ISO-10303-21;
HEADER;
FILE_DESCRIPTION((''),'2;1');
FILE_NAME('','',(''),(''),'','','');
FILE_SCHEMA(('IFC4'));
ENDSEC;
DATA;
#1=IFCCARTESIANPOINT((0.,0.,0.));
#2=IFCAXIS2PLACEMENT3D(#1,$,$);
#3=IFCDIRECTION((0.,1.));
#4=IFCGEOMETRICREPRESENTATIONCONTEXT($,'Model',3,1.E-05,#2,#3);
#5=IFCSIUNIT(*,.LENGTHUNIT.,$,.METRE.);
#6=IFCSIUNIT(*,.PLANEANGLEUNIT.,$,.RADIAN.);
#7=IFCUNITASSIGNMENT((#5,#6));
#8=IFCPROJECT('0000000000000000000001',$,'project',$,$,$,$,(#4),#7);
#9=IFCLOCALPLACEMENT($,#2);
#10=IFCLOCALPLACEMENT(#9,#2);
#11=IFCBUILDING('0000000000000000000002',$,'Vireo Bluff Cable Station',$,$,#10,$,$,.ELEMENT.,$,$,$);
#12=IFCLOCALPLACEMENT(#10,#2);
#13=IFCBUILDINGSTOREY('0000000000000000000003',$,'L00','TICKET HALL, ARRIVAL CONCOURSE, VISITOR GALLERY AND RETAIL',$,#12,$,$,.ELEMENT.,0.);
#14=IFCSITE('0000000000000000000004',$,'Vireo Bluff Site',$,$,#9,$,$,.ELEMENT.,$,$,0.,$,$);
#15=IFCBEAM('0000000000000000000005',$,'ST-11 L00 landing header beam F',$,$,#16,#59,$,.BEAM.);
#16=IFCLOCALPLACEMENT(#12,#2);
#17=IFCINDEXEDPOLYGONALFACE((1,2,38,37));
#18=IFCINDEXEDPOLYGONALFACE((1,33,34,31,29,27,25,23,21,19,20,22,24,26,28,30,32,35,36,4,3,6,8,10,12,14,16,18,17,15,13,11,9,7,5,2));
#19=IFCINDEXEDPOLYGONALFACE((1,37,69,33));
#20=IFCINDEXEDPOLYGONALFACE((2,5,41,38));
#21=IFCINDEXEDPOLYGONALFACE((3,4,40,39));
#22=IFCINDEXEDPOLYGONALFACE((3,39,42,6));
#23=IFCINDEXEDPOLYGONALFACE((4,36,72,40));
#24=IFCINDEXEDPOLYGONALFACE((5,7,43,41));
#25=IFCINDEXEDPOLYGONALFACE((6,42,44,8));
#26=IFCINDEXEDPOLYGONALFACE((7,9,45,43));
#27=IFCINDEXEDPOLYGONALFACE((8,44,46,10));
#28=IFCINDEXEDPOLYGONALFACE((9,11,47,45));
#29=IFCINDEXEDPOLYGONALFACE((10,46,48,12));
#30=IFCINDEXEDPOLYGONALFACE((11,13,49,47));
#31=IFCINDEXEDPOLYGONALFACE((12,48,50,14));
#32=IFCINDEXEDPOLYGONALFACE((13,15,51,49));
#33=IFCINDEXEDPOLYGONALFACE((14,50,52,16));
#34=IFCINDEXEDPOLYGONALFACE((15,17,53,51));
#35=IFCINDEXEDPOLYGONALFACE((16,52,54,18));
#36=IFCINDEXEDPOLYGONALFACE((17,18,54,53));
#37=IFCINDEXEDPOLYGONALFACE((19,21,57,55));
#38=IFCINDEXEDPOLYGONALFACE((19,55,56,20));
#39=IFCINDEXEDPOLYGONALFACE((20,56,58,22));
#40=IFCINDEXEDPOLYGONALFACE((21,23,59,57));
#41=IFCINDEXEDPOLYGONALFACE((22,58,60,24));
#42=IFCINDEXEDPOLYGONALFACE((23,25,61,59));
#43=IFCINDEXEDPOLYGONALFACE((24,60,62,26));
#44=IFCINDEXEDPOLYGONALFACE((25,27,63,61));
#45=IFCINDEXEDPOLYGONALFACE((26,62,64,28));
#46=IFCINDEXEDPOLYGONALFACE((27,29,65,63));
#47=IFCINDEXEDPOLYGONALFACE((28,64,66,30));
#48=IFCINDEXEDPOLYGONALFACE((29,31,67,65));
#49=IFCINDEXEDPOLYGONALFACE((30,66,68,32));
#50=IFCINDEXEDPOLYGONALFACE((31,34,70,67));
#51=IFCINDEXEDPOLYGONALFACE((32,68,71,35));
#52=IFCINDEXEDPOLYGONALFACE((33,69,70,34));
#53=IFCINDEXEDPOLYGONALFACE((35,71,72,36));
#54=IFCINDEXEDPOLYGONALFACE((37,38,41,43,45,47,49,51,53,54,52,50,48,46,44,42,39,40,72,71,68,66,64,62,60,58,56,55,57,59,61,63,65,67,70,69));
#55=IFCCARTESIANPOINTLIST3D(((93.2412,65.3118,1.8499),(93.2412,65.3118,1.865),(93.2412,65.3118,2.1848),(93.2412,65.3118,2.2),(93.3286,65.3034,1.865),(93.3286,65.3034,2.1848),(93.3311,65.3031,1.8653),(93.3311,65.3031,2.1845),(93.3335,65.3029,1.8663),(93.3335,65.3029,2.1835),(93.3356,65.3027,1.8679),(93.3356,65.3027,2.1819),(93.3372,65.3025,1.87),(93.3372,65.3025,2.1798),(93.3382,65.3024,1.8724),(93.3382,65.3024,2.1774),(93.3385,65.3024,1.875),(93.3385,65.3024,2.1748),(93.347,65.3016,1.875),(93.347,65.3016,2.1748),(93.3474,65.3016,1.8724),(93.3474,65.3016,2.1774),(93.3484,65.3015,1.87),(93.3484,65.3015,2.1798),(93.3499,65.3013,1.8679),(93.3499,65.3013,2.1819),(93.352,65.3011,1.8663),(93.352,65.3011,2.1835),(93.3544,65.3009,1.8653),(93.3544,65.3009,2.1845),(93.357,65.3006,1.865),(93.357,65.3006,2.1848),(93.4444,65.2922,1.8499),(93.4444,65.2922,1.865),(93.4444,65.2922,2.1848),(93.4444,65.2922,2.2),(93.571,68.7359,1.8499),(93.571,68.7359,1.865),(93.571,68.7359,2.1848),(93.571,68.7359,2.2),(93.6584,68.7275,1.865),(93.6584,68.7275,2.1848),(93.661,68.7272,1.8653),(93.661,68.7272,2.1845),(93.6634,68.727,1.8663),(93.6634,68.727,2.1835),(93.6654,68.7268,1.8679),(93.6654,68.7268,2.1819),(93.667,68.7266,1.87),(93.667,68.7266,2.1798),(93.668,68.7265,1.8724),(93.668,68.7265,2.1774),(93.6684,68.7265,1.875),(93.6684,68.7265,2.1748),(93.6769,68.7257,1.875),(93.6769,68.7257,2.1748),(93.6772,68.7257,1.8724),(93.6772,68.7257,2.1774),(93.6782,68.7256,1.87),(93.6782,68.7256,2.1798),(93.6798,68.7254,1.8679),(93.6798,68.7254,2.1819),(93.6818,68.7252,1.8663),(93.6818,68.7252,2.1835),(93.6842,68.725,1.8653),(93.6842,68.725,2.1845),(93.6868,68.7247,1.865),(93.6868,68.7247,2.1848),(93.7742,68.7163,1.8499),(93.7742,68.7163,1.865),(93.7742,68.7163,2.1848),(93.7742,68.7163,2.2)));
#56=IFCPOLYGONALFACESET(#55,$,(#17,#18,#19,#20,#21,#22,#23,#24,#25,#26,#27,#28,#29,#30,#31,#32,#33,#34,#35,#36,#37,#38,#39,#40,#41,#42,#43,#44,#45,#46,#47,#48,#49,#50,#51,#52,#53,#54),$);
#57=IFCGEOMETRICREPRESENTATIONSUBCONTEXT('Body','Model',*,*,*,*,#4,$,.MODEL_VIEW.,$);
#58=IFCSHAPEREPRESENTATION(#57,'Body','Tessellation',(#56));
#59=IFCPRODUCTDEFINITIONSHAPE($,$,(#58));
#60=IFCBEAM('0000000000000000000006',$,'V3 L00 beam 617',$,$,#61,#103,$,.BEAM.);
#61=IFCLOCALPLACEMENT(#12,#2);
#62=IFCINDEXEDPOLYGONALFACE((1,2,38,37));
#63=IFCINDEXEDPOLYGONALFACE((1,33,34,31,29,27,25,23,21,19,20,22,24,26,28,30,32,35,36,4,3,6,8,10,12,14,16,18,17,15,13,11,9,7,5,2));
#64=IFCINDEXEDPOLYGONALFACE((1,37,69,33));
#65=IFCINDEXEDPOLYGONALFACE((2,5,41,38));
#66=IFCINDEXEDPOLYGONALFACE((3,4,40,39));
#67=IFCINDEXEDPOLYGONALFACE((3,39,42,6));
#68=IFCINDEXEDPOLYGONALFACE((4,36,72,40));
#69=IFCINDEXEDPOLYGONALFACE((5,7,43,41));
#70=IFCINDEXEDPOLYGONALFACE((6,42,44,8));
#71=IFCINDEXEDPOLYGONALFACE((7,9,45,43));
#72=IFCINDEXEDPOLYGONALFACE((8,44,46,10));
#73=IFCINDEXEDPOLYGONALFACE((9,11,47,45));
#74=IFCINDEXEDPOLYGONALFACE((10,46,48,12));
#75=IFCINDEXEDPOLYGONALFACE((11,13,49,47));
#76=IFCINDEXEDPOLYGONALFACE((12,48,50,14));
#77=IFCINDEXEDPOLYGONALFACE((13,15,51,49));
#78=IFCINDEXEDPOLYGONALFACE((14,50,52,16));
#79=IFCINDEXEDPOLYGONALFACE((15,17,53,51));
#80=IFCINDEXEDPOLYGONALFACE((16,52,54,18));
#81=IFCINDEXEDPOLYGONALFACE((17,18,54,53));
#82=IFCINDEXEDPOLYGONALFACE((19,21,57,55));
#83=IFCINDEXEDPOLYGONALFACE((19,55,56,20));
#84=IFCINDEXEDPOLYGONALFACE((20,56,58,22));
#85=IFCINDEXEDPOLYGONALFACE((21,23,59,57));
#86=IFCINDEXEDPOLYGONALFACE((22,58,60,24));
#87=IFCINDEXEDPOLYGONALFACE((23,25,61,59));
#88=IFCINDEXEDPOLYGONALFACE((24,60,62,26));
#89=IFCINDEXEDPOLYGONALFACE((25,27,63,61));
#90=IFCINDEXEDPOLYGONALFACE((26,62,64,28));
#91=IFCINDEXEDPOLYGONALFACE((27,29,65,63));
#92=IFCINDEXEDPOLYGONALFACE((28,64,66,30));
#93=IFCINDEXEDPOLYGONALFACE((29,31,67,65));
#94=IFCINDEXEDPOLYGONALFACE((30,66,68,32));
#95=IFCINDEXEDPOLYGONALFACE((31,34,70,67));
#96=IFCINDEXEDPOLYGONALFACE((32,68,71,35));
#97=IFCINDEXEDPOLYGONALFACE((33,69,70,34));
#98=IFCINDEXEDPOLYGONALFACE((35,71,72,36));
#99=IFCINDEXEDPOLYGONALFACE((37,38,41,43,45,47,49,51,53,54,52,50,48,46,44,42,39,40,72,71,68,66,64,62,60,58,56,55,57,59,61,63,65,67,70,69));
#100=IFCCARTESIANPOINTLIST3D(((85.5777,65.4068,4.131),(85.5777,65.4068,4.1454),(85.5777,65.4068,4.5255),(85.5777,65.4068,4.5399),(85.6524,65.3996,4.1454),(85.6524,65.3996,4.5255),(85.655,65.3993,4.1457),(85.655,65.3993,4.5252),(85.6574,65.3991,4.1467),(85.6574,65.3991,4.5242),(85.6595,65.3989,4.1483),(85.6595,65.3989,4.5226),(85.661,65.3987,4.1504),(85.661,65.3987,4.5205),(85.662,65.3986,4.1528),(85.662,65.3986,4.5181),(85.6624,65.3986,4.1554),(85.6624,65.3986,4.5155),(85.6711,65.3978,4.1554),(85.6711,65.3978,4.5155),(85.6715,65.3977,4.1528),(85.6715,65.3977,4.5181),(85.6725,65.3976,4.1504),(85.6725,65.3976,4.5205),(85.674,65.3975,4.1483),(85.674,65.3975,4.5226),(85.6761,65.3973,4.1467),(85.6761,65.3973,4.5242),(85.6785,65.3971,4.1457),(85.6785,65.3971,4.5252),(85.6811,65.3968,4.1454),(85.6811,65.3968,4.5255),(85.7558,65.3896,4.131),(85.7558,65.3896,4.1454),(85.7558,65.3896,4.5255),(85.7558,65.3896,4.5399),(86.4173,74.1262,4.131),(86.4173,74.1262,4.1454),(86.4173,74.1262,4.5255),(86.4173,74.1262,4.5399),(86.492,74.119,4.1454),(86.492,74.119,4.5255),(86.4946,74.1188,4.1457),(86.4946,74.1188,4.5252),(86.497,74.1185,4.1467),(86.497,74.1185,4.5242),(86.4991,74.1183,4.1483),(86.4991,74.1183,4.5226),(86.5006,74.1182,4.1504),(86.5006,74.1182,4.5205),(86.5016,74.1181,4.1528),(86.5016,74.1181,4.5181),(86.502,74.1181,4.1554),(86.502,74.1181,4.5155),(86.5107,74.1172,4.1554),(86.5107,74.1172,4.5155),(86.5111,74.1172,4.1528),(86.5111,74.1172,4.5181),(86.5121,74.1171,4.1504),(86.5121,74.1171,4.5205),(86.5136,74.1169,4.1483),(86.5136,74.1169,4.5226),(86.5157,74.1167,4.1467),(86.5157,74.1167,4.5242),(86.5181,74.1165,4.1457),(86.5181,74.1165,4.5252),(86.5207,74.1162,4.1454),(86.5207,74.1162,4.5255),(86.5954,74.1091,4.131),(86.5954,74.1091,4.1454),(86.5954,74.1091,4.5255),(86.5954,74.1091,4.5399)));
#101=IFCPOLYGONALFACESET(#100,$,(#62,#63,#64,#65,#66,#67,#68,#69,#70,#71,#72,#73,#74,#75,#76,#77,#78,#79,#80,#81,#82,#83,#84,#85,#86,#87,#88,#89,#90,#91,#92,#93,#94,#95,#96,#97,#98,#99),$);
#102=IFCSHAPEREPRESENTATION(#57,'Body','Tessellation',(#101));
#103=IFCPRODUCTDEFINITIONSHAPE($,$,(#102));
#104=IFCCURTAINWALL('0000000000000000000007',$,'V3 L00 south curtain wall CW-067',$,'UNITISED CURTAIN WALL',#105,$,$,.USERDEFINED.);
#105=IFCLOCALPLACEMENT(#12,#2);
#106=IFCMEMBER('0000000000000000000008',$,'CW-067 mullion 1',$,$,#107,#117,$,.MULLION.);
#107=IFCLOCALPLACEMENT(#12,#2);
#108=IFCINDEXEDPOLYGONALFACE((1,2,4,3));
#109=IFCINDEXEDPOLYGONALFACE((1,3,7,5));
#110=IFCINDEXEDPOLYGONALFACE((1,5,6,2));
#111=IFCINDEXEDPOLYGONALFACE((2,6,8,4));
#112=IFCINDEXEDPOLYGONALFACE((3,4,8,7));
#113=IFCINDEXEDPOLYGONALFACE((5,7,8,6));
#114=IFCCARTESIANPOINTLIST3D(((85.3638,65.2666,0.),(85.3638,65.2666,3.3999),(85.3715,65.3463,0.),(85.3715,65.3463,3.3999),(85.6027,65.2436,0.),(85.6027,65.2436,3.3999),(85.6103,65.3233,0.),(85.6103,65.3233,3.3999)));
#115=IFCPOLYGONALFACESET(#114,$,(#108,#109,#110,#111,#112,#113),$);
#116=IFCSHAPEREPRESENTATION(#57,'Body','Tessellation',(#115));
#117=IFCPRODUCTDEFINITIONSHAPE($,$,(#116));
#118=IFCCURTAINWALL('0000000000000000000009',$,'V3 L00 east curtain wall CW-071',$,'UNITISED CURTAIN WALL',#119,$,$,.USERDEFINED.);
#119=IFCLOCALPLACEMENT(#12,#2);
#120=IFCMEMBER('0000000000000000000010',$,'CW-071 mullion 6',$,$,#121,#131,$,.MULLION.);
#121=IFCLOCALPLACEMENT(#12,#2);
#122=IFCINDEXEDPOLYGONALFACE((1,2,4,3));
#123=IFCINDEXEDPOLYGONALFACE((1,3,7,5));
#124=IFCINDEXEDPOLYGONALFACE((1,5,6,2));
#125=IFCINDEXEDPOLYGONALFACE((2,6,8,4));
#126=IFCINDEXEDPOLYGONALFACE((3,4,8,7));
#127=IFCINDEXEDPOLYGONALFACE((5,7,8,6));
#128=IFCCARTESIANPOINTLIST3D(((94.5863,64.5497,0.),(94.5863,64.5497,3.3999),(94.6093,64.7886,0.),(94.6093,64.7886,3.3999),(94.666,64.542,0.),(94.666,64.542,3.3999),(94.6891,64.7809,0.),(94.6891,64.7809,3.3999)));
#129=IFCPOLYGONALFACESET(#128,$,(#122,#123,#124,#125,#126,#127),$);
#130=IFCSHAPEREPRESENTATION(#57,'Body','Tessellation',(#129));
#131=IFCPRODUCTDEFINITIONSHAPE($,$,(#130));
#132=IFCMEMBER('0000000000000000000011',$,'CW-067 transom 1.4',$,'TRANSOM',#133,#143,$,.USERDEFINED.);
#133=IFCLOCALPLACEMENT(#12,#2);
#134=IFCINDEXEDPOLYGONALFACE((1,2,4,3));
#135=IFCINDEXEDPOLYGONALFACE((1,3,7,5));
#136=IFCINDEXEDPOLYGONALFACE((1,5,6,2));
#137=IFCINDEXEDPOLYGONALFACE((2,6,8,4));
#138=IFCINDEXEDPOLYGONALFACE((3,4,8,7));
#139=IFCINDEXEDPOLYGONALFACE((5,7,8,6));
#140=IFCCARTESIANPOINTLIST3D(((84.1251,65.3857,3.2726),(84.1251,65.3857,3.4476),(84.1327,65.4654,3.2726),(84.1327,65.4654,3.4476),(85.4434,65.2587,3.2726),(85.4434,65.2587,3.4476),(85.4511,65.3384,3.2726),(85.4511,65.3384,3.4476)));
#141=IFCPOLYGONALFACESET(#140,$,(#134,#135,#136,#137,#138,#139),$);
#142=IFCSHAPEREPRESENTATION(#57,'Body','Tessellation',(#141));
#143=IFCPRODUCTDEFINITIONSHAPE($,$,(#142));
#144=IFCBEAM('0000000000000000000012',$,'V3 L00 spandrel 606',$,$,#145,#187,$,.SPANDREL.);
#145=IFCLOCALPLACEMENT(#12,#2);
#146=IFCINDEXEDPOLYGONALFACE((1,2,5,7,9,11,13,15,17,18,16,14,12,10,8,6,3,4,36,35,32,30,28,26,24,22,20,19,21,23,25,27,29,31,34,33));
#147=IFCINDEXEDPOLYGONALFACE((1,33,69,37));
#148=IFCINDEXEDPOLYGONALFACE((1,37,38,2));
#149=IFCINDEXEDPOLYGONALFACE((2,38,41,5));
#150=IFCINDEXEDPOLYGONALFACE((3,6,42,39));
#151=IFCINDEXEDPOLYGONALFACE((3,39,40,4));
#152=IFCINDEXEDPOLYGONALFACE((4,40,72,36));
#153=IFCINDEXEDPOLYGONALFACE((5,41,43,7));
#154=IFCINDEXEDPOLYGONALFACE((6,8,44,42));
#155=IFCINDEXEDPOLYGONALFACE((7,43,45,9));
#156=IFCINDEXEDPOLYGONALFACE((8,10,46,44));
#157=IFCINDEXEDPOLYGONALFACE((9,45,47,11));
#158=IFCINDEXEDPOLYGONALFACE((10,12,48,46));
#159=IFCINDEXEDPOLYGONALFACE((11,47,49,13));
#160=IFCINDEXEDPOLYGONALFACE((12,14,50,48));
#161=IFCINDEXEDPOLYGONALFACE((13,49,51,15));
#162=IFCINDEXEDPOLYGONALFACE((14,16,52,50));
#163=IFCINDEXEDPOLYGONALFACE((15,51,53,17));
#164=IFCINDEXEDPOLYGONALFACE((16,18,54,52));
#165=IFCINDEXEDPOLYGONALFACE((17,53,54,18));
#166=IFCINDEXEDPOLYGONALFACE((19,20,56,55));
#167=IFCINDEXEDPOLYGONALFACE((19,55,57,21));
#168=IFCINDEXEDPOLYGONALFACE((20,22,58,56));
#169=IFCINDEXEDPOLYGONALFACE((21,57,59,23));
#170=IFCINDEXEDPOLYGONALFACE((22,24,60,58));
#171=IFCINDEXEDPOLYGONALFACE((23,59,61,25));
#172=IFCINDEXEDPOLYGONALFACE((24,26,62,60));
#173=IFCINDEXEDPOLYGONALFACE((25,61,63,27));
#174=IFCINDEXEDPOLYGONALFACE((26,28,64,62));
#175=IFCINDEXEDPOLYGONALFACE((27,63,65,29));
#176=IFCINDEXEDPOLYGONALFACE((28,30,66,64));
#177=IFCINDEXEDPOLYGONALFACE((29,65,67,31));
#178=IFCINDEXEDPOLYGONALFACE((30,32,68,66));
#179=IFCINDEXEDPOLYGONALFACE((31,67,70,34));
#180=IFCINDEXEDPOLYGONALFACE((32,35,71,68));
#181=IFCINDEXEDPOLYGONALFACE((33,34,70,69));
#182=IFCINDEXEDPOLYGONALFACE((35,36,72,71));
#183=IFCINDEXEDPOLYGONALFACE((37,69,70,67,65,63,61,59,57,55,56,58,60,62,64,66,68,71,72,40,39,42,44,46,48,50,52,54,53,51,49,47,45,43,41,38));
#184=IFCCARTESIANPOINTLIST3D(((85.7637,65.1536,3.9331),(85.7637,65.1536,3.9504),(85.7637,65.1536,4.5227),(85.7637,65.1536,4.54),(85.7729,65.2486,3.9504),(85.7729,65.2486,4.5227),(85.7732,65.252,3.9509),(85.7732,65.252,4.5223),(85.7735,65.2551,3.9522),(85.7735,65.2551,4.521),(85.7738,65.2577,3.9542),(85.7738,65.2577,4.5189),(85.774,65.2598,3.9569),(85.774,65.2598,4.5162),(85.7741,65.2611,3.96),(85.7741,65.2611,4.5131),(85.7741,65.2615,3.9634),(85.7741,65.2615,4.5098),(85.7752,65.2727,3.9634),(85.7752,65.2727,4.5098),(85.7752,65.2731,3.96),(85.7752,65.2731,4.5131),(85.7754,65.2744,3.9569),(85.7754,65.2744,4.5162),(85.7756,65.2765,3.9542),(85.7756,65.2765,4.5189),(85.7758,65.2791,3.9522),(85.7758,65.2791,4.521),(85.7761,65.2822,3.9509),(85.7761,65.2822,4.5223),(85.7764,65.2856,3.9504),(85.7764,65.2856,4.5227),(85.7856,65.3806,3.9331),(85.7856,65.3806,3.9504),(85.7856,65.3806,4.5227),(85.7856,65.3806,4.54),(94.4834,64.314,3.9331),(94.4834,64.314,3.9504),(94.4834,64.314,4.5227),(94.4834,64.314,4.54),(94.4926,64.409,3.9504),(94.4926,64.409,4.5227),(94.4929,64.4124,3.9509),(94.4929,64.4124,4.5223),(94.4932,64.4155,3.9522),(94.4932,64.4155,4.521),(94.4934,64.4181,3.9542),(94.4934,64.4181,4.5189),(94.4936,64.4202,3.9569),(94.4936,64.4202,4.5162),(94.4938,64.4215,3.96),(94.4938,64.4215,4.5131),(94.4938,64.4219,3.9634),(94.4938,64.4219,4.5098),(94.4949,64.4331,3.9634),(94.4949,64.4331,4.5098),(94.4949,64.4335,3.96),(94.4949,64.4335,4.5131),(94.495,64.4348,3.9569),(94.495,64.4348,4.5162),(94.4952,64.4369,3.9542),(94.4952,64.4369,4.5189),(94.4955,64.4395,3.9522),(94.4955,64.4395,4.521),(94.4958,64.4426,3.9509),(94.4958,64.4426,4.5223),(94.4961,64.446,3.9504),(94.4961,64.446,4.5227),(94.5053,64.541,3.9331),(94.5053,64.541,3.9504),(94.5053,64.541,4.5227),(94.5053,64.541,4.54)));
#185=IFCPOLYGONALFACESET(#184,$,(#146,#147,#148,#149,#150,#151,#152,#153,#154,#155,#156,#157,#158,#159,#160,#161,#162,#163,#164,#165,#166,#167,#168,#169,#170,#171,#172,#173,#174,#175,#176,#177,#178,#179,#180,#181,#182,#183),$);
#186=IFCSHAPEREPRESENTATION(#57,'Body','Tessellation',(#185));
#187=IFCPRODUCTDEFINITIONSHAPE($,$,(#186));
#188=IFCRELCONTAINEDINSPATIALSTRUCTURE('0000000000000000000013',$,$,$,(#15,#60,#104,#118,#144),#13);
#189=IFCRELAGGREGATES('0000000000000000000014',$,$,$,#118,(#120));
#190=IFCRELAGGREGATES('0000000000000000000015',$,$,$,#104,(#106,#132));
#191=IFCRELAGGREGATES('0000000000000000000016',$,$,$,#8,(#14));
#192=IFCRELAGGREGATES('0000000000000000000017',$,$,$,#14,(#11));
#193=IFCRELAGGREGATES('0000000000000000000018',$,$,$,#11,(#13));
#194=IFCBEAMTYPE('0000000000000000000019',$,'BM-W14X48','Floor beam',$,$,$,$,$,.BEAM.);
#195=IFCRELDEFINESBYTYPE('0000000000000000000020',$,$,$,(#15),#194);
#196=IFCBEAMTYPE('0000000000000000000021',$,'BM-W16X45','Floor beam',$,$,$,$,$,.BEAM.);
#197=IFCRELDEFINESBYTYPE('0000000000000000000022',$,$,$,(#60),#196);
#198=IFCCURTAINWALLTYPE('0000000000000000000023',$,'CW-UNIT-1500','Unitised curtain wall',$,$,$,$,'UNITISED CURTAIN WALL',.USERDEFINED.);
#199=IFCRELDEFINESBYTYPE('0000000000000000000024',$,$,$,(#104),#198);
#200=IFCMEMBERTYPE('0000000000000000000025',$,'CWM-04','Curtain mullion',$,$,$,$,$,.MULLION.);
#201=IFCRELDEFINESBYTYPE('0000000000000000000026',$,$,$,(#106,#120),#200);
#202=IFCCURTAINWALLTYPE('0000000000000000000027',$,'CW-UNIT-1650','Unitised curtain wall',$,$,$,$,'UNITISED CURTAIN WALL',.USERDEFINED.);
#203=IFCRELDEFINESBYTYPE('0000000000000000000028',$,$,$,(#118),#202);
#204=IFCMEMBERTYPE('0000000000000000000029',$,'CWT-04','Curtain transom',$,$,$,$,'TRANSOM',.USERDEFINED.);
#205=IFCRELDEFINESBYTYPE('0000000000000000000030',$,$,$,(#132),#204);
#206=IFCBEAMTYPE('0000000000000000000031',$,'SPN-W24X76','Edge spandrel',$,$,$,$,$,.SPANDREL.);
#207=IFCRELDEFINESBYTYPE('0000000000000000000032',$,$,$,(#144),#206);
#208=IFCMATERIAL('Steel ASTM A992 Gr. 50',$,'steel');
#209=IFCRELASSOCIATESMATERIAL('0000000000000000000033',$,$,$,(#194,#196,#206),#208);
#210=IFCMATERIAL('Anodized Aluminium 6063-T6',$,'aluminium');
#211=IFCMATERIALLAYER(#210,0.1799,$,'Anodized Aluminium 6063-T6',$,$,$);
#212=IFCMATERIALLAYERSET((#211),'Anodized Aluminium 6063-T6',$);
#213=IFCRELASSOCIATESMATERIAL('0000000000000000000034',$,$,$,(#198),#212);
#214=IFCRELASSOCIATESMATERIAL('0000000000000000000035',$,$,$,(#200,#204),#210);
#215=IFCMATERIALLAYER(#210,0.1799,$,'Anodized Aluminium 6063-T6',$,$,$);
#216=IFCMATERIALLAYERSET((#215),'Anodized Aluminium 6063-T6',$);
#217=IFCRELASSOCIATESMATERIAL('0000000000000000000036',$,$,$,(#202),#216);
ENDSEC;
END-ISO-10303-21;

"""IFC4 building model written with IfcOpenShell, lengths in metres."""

from ifc_helpers import new_model, si_unit, direction, frame, origin, origin_2d, place, context, subcontext, project, spatial, rectangle, i_section, extrude, material, layer, layer_set, material_profile, profile_set, type_object, element, aggregate, save


model = new_model("IFC4")

# Units and contexts
model_context = context("Model", 3, precision=1e-05, world=origin(), true_north=direction((0.0, 1.0)))
body_context = subcontext(model_context, "Body", "Model", "MODEL_VIEW")
ifc_project = project(units=[si_unit("LENGTHUNIT", "METRE"), si_unit("PLANEANGLEUNIT", "RADIAN")], contexts=[model_context])

# Site, building, storey
site_placement = place(None, origin())
site = spatial("IfcSite", under=ifc_project, at=site_placement, Name="Vireo Bluff Site", CompositionType="ELEMENT", RefElevation=0.0)
building_placement = place(site_placement, origin())
building = spatial("IfcBuilding", under=site, at=building_placement, Name="Vireo Bluff Cable Station", CompositionType="ELEMENT")
storey_placement = place(building_placement, origin())
storey = spatial("IfcBuildingStorey", under=building, at=storey_placement, Name="L00", Description="TICKET HALL, ARRIVAL CONCOURSE, VISITOR GALLERY AND RETAIL", CompositionType="ELEMENT", Elevation=0.0)

# Shared definitions
ifc_material_1 = material(Name="Steel ASTM A992 Gr. 50", Category="steel")

# Beams
ifc_material_profile_1 = material_profile(ifc_material_1, i_section(OverallWidth=0.2041, OverallDepth=0.3501, WebThickness=0.0085, FlangeThickness=0.0151, FilletRadius=0.01, at=origin_2d()), Name="W14X48")
ifc_profile_set_1 = profile_set([ifc_material_profile_1], Name="Steel ASTM A992 Gr. 50")
beam_type_1 = type_object("IfcBeamType", Name="BM-W14X48", Description="Floor beam", PredefinedType="BEAM", material=ifc_profile_set_1)
beam_1_placement = place(storey_placement, frame((93.3428, 65.302, 2.0249), z_axis=(0.095884, 0.995392, 0.0), x_axis=(-0.995392, 0.095884, 0.0)))
element("IfcBeam", 1, at=beam_1_placement, inside=storey, type_object=beam_type_1, Name="ST-11 L00 landing header beam F", PredefinedType="BEAM", context=body_context, shape_type="SweptSolid", body=[
    extrude(i_section(OverallWidth=0.2041, OverallDepth=0.3501, WebThickness=0.0085, FlangeThickness=0.0151, FilletRadius=0.01, at=origin_2d()), origin(), (0.0, 0.0, 1.0), 3.4399),
])
ifc_material_profile_2 = material_profile(ifc_material_1, i_section(OverallWidth=0.179, OverallDepth=0.4089, WebThickness=0.0088, FlangeThickness=0.0144, FilletRadius=0.01, at=origin_2d()), Name="W16X45")
ifc_profile_set_2 = profile_set([ifc_material_profile_2], Name="Steel ASTM A992 Gr. 50")
beam_type_2 = type_object("IfcBeamType", Name="BM-W16X45", Description="Floor beam", PredefinedType="BEAM", material=ifc_profile_set_2)
beam_2_placement = place(storey_placement, frame((85.6667, 65.3982, 4.3354), z_axis=(0.095847, 0.995396, 0.0), x_axis=(-0.995396, 0.095847, 0.0)))
element("IfcBeam", 2, at=beam_2_placement, inside=storey, type_object=beam_type_2, Name="V3 L00 beam 617", PredefinedType="BEAM", context=body_context, shape_type="SweptSolid", body=[
    extrude(i_section(OverallWidth=0.179, OverallDepth=0.4089, WebThickness=0.0088, FlangeThickness=0.0144, FilletRadius=0.01, at=origin_2d()), origin(), (0.0, 0.0, 1.0), 8.7598),
])

# Curtain walls, members
ifc_material_2 = material(Name="Anodized Aluminium 6063-T6", Category="aluminium")
ifc_layer_1 = layer(ifc_material_2, 0.1799, Name="Anodized Aluminium 6063-T6")
ifc_layer_set_1 = layer_set([ifc_layer_1], Name="Anodized Aluminium 6063-T6")
curtain_wall_type_1 = type_object("IfcCurtainWallType", Name="CW-UNIT-1500", Description="Unitised curtain wall", ElementType="UNITISED CURTAIN WALL", PredefinedType="USERDEFINED", material=ifc_layer_set_1)
curtain_wall_1_placement = place(storey_placement, origin())
curtain_wall_1 = element("IfcCurtainWall", 3, at=curtain_wall_1_placement, inside=storey, type_object=curtain_wall_type_1, Name="V3 L00 south curtain wall CW-067", ObjectType="UNITISED CURTAIN WALL", PredefinedType="USERDEFINED")
ifc_material_profile_3 = material_profile(ifc_material_2, rectangle(XDim=0.0801, YDim=0.24, at=origin_2d()), Name="ALU-M-80X240")
ifc_profile_set_3 = profile_set([ifc_material_profile_3], Name="Anodized Aluminium 6063-T6")
member_type_1 = type_object("IfcMemberType", Name="CWM-04", Description="Curtain mullion", PredefinedType="MULLION", material=ifc_profile_set_3)
member_1_placement = place(storey_placement, frame((85.4871, 65.2949, 0.0), z_axis=(0.0, 0.0, 1.0), x_axis=(-0.095846, -0.995396, 0.0)))
member_1 = element("IfcMember", 4, at=member_1_placement, type_object=member_type_1, Name="CW-067 mullion 1", PredefinedType="MULLION", context=body_context, shape_type="SweptSolid", body=[
    extrude(rectangle(XDim=0.0801, YDim=0.24, at=origin_2d()), origin(), (0.0, 0.0, 1.0), 3.3999),
])
ifc_layer_2 = layer(ifc_material_2, 0.1799, Name="Anodized Aluminium 6063-T6")
ifc_layer_set_2 = layer_set([ifc_layer_2], Name="Anodized Aluminium 6063-T6")
curtain_wall_type_2 = type_object("IfcCurtainWallType", Name="CW-UNIT-1650", Description="Unitised curtain wall", ElementType="UNITISED CURTAIN WALL", PredefinedType="USERDEFINED", material=ifc_layer_set_2)
curtain_wall_2_placement = place(storey_placement, origin())
curtain_wall_2 = element("IfcCurtainWall", 5, at=curtain_wall_2_placement, inside=storey, type_object=curtain_wall_type_2, Name="V3 L00 east curtain wall CW-071", ObjectType="UNITISED CURTAIN WALL", PredefinedType="USERDEFINED")
member_2_placement = place(storey_placement, frame((94.6377, 64.6653, 0.0), z_axis=(0.0, 0.0, 1.0), x_axis=(0.995396, -0.095846, 0.0)))
member_2 = element("IfcMember", 6, at=member_2_placement, type_object=member_type_1, Name="CW-071 mullion 6", PredefinedType="MULLION", context=body_context, shape_type="SweptSolid", body=[
    extrude(rectangle(XDim=0.0801, YDim=0.24, at=origin_2d()), origin(), (0.0, 0.0, 1.0), 3.3999),
])
aggregate(curtain_wall_2, [member_2])

# Member
ifc_material_profile_4 = material_profile(ifc_material_2, rectangle(XDim=0.0801, YDim=0.175, at=origin_2d()), Name="ALU-T-80X175")
ifc_profile_set_4 = profile_set([ifc_material_profile_4], Name="Anodized Aluminium 6063-T6")
member_type_2 = type_object("IfcMemberType", Name="CWT-04", Description="Curtain transom", ElementType="TRANSOM", PredefinedType="USERDEFINED", material=ifc_profile_set_4)
member_3_placement = place(storey_placement, frame((85.4473, 65.2986, 3.3601), z_axis=(-0.995396, 0.095853, 0.0), x_axis=(-0.095853, -0.995396, 0.0)))
member_3 = element("IfcMember", 7, at=member_3_placement, type_object=member_type_2, Name="CW-067 transom 1.4", ObjectType="TRANSOM", PredefinedType="USERDEFINED", context=body_context, shape_type="SweptSolid", body=[
    extrude(rectangle(XDim=0.0801, YDim=0.175, at=origin_2d()), origin(), (0.0, 0.0, 1.0), 1.3245),
])
aggregate(curtain_wall_1, [member_1, member_3])

# Beam
ifc_material_profile_5 = material_profile(ifc_material_1, i_section(OverallWidth=0.228, OverallDepth=0.6069, WebThickness=0.0112, FlangeThickness=0.0173, FilletRadius=0.0129, at=origin_2d()), Name="W24X76")
ifc_profile_set_5 = profile_set([ifc_material_profile_5], Name="Steel ASTM A992 Gr. 50")
beam_type_3 = type_object("IfcBeamType", Name="SPN-W24X76", Description="Edge spandrel", PredefinedType="SPANDREL", material=ifc_profile_set_5)
beam_3_placement = place(storey_placement, frame((85.7747, 65.2671, 4.2366), z_axis=(0.995396, -0.095844, 0.0), x_axis=(0.095844, 0.995396, 0.0)))
element("IfcBeam", 8, at=beam_3_placement, inside=storey, type_object=beam_type_3, Name="V3 L00 spandrel 606", PredefinedType="SPANDREL", context=body_context, shape_type="SweptSolid", body=[
    extrude(i_section(OverallWidth=0.228, OverallDepth=0.6069, WebThickness=0.0112, FlangeThickness=0.0173, FilletRadius=0.0129, at=origin_2d()), origin(), (0.0, 0.0, 1.0), 8.76),
])

save(model, "model.ifc")
